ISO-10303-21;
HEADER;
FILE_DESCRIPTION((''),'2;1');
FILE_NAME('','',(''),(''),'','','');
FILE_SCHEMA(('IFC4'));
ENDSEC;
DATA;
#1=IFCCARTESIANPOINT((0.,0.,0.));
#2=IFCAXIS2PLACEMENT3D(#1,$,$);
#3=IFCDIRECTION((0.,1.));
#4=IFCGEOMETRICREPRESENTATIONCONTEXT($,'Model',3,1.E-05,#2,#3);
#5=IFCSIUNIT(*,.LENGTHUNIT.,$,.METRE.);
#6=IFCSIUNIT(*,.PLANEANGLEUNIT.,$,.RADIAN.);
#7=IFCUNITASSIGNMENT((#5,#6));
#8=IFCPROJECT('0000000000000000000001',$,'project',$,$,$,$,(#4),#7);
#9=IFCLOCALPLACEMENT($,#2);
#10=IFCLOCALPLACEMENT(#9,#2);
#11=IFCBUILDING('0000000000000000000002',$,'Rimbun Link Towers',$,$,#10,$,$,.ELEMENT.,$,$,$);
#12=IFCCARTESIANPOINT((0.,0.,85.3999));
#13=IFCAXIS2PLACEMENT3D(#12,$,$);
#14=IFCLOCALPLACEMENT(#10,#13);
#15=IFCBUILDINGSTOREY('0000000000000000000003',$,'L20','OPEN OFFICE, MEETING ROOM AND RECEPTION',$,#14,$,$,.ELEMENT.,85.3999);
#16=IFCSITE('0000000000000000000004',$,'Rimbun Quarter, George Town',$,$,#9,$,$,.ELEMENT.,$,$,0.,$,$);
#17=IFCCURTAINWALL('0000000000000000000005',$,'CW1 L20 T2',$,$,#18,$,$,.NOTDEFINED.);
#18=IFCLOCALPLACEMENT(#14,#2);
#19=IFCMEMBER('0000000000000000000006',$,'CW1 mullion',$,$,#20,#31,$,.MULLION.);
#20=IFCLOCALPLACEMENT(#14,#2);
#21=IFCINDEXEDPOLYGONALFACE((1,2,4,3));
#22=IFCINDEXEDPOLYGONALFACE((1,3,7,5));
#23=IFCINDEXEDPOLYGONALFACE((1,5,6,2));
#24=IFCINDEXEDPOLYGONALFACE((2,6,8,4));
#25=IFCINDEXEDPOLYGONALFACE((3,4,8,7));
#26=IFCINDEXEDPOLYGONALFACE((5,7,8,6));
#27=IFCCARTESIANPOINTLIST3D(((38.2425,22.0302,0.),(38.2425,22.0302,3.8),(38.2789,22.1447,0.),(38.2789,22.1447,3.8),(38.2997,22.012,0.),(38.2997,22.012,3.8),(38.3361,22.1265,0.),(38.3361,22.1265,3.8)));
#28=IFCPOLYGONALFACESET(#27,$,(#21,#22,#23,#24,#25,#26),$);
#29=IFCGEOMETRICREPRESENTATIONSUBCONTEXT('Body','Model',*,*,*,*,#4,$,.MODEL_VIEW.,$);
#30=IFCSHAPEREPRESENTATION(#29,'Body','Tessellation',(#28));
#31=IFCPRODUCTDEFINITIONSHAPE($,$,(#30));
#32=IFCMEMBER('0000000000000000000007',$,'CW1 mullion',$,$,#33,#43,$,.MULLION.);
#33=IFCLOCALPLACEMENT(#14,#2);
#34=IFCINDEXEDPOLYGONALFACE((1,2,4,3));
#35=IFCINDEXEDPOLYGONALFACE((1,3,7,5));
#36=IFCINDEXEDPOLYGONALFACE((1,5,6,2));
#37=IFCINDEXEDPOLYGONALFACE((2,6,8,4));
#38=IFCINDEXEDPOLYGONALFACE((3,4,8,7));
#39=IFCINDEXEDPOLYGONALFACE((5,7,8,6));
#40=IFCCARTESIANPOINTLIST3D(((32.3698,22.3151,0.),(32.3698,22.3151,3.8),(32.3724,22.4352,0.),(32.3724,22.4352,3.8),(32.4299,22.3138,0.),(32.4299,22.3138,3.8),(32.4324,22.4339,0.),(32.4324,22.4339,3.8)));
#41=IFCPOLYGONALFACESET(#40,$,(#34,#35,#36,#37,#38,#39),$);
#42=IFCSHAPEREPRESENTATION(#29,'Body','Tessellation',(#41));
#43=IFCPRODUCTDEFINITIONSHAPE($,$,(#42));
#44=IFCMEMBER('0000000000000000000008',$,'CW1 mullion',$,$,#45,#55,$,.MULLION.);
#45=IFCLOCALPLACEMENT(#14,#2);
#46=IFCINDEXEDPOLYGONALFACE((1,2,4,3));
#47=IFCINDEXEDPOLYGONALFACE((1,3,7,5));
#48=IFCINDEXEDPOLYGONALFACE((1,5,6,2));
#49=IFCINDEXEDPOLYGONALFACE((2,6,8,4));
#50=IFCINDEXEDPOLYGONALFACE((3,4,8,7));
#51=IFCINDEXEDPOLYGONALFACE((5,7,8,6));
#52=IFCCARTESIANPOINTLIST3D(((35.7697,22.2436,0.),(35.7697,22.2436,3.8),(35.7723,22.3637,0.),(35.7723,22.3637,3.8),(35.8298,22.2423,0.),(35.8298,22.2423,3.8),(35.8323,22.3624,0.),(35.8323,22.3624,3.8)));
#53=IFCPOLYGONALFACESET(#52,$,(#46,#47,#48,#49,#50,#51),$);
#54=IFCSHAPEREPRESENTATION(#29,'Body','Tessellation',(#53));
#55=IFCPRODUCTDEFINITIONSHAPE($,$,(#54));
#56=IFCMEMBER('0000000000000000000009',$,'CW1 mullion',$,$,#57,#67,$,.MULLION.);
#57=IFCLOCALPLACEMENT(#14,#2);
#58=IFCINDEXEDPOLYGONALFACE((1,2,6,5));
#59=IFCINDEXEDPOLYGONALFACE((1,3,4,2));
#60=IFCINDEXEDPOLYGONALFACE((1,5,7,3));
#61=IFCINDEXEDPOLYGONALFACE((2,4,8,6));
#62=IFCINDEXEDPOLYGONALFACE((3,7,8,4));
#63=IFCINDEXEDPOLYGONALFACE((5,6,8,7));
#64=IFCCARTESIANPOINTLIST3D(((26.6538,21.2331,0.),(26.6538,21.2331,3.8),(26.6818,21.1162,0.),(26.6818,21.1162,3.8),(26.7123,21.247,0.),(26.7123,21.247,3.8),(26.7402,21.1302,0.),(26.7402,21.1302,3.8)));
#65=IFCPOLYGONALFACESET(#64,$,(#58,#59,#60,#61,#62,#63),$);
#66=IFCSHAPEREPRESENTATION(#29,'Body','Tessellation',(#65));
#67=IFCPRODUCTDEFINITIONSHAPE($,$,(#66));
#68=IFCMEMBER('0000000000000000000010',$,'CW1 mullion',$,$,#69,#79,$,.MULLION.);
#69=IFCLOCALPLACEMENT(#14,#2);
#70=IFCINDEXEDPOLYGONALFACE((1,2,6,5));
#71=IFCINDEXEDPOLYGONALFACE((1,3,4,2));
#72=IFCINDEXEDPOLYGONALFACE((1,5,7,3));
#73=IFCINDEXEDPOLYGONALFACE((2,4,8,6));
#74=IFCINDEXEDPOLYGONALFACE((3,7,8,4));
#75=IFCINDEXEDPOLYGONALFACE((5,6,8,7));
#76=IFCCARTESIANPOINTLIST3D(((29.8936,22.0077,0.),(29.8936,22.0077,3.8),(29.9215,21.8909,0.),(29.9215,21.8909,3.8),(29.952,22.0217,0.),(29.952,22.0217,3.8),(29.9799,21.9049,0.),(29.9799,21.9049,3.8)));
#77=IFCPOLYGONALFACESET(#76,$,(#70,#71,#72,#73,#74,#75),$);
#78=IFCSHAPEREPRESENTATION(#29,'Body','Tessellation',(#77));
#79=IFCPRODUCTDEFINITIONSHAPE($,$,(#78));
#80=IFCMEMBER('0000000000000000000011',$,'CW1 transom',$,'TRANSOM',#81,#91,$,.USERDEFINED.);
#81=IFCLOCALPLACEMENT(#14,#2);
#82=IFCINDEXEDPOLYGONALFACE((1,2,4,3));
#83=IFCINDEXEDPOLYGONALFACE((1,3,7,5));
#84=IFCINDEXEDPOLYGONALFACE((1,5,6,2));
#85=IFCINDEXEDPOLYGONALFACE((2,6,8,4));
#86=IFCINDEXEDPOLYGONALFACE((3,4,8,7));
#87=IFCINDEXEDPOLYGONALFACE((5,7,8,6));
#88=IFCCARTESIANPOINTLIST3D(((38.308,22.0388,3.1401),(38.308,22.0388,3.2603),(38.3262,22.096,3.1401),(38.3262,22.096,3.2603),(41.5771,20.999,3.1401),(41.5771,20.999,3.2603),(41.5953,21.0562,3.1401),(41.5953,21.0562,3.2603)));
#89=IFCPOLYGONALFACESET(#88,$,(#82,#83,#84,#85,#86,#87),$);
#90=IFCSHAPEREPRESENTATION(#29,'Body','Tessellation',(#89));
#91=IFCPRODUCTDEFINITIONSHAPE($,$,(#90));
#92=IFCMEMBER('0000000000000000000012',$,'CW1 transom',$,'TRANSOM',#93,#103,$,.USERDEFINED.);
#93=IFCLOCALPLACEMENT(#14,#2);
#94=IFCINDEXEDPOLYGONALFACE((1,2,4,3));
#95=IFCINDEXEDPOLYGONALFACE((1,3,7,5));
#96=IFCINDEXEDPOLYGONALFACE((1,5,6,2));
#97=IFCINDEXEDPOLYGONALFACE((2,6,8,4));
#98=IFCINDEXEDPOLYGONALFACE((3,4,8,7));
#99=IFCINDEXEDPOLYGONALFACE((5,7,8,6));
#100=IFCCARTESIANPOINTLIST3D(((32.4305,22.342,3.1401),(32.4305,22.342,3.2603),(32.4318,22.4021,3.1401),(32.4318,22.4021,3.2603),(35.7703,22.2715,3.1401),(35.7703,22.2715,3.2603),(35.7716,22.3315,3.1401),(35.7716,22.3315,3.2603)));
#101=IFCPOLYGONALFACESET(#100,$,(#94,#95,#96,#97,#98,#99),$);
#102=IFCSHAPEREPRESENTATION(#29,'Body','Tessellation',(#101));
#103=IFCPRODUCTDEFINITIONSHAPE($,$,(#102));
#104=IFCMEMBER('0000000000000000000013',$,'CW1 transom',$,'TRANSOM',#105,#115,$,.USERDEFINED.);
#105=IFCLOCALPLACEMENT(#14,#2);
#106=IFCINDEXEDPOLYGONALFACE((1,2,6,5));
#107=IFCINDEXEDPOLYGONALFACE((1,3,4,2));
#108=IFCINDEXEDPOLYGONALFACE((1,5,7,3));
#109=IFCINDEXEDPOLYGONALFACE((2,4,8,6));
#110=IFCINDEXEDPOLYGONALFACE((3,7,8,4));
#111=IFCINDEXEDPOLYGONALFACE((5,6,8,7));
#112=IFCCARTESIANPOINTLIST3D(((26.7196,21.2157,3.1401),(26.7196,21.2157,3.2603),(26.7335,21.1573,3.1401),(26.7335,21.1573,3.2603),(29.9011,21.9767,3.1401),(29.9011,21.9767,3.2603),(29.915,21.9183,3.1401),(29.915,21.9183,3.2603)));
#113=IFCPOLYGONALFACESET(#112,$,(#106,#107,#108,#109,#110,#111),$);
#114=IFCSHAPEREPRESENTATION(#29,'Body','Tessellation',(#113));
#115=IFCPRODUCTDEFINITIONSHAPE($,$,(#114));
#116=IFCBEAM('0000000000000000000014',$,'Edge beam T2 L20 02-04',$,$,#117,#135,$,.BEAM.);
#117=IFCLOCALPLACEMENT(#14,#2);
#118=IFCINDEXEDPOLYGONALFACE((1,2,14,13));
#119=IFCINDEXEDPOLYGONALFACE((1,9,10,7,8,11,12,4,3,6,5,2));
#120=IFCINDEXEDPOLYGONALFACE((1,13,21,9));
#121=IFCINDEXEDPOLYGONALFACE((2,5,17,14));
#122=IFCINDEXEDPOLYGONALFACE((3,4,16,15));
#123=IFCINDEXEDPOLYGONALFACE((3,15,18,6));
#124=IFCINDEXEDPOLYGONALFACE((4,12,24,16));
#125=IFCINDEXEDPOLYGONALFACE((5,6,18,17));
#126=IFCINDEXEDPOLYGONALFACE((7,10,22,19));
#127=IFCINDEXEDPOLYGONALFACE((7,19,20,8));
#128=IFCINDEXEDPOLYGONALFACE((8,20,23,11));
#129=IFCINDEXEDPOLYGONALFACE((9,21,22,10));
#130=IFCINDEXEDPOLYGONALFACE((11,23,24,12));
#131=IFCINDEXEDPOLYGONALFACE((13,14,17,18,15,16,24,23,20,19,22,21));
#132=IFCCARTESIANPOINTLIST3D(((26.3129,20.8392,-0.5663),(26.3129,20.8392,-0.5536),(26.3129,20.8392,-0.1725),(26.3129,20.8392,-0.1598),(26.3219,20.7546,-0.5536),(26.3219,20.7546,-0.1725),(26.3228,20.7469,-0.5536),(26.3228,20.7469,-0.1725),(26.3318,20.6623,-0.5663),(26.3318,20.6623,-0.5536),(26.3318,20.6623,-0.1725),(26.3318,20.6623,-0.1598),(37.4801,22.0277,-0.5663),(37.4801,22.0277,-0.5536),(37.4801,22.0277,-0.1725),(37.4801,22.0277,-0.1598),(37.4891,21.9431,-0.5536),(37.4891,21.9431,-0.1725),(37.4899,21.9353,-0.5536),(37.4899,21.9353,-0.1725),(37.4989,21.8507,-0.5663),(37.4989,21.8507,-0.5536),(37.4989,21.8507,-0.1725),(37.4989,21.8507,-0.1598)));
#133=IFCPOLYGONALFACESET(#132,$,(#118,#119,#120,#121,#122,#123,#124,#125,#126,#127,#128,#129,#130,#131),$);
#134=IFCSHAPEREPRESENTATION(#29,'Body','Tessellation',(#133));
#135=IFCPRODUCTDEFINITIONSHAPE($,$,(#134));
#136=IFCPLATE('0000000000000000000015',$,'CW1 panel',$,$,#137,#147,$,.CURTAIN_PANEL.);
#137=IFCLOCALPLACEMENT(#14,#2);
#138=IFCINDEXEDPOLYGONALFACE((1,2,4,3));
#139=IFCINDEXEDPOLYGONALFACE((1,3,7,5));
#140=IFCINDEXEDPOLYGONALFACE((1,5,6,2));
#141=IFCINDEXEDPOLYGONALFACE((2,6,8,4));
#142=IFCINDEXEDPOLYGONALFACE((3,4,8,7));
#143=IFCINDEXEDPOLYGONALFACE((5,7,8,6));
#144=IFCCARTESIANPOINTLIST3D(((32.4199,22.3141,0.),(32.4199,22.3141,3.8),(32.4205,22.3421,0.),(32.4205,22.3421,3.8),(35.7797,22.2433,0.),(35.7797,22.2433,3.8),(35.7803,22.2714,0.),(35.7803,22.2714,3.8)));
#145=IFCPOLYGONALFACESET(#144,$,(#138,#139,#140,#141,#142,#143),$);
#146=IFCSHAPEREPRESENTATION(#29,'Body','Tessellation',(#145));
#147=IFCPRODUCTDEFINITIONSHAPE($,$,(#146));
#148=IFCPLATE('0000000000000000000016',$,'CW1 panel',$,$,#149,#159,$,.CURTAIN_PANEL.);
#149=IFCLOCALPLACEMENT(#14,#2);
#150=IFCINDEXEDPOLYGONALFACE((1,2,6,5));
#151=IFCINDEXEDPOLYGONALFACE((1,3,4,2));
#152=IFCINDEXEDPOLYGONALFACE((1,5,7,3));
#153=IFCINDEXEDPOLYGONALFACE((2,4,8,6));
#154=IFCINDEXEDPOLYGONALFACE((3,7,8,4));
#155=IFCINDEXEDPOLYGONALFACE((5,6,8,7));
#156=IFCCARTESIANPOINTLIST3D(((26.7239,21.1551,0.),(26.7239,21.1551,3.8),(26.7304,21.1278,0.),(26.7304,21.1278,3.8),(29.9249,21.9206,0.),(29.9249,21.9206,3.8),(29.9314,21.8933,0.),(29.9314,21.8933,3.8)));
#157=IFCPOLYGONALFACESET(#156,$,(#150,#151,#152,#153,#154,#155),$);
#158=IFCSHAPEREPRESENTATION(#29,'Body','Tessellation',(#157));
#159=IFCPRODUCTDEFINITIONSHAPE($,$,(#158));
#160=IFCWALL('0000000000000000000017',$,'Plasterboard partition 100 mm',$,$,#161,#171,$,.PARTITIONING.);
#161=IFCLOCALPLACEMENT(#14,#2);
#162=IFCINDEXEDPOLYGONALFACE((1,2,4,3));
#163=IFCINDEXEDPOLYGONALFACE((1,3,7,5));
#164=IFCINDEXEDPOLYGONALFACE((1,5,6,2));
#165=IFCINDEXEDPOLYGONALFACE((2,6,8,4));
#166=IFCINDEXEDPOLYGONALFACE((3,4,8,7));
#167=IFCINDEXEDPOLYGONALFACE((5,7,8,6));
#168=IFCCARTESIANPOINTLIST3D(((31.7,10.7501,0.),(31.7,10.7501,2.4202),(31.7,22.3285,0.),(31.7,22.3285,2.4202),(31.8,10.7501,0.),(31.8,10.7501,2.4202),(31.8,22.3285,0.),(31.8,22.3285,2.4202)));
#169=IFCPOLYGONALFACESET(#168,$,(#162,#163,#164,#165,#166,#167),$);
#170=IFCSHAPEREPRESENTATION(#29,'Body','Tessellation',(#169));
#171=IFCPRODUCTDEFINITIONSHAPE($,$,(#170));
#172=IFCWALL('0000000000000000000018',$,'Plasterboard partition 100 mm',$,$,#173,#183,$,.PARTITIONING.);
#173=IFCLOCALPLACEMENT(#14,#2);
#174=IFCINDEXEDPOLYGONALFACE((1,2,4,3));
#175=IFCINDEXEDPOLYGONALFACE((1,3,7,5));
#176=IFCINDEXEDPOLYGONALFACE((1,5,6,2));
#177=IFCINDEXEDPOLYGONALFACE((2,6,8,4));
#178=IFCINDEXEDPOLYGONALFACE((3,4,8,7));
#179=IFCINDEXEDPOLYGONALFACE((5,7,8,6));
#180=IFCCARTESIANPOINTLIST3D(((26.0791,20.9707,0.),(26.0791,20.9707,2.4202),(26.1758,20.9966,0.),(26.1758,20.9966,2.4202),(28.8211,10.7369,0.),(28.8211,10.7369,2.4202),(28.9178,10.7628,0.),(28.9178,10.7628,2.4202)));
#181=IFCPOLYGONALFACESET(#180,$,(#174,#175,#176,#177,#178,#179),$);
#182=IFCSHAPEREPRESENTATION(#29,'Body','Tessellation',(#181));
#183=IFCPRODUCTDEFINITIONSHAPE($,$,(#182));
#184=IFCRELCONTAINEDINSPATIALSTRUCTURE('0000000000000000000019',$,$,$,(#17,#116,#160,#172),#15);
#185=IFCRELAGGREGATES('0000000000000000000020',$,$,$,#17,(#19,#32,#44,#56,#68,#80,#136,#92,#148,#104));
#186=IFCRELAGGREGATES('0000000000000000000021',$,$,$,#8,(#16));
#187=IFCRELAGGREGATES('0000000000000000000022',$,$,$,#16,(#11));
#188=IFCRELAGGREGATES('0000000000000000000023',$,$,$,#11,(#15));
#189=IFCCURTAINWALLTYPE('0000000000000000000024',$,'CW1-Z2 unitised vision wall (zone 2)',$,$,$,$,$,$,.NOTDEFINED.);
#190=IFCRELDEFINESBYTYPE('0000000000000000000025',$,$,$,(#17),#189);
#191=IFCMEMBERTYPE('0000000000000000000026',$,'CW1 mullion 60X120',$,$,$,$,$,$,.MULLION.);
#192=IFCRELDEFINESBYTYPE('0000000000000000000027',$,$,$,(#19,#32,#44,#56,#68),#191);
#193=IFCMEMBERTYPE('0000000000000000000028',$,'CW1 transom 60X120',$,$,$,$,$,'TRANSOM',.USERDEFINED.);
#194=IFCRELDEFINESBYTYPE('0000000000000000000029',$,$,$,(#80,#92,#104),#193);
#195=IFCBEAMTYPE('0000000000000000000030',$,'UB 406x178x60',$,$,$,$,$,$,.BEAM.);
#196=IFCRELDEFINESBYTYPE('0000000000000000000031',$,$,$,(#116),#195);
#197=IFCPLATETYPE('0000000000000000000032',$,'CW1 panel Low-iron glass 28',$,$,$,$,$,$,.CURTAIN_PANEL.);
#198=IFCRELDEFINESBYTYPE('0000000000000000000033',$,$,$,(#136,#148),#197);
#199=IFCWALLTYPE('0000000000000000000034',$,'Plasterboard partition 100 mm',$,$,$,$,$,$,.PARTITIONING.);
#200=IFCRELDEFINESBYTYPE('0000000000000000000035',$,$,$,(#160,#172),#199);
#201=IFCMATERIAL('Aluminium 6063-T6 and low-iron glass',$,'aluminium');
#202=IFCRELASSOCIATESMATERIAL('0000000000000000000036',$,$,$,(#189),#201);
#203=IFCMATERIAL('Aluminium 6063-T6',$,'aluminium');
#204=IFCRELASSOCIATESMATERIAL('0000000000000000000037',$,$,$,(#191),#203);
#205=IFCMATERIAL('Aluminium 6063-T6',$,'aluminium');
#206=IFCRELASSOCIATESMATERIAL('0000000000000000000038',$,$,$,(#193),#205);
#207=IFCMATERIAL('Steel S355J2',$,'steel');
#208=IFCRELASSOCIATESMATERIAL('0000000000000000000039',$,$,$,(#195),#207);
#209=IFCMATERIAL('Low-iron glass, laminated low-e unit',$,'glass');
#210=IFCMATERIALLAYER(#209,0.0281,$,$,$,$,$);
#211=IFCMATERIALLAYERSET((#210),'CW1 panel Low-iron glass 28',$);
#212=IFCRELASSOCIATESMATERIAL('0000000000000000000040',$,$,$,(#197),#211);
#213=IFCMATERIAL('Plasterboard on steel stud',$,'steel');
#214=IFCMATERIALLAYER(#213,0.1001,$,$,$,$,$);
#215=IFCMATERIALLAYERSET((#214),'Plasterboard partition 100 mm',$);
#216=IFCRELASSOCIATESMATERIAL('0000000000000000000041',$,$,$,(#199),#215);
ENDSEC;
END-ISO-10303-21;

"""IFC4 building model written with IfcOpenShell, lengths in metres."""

from ifc_helpers import new_model, si_unit, direction, frame, frame_2d, origin, origin_2d, place, context, subcontext, project, spatial, rectangle, i_section, extrude, material, layer, layer_set, material_profile, profile_set, type_object, element, aggregate, save


model = new_model("IFC4")

# Units and contexts
model_context = context("Model", 3, precision=1e-05, world=origin(), true_north=direction((0.0, 1.0)))
body_context = subcontext(model_context, "Body", "Model", "MODEL_VIEW")
ifc_project = project(units=[si_unit("LENGTHUNIT", "METRE"), si_unit("PLANEANGLEUNIT", "RADIAN")], contexts=[model_context])

# Site, building, storey
site_placement = place(None, origin())
site = spatial("IfcSite", under=ifc_project, at=site_placement, Name="Rimbun Quarter, George Town", CompositionType="ELEMENT", RefElevation=0.0)
building_placement = place(site_placement, origin())
building = spatial("IfcBuilding", under=site, at=building_placement, Name="Rimbun Link Towers", CompositionType="ELEMENT")
storey_placement = place(building_placement, frame((0.0, 0.0, 85.3999)))
storey = spatial("IfcBuildingStorey", under=building, at=storey_placement, Name="L20", Description="OPEN OFFICE, MEETING ROOM AND RECEPTION", CompositionType="ELEMENT", Elevation=85.3999)

# Curtain wall, members
ifc_material_1 = material(Name="Aluminium 6063-T6 and low-iron glass", Category="aluminium")
curtain_wall_type = type_object("IfcCurtainWallType", Name="CW1-Z2 unitised vision wall (zone 2)", PredefinedType="NOTDEFINED", material=ifc_material_1)
curtain_wall_placement = place(storey_placement, origin())
curtain_wall = element("IfcCurtainWall", 1, at=curtain_wall_placement, inside=storey, type_object=curtain_wall_type, Name="CW1 L20 T2", PredefinedType="NOTDEFINED")
ifc_material_2 = material(Name="Aluminium 6063-T6", Category="aluminium")
ifc_material_profile_1 = material_profile(ifc_material_2, rectangle(XDim=0.1201, YDim=0.0601, at=origin_2d()), Name="MULLION 60X120")
ifc_profile_set_1 = profile_set([ifc_material_profile_1], Name="Aluminium 6063-T6")
member_type_1 = type_object("IfcMemberType", Name="CW1 mullion 60X120", PredefinedType="MULLION", material=ifc_profile_set_1)
member_1_placement = place(storey_placement, frame((38.2893, 22.0784, 0.0), z_axis=(0.0, 0.0, 1.0), x_axis=(0.30307, 0.952968, 0.0)))
member_1 = element("IfcMember", 2, at=member_1_placement, type_object=member_type_1, Name="CW1 mullion", PredefinedType="MULLION", context=body_context, shape_type="SweptSolid", body=[
    extrude(rectangle(XDim=0.1201, YDim=0.0601, at=origin_2d()), origin(), (0.0, 0.0, 1.0), 3.8),
])
member_2_placement = place(storey_placement, frame((32.4011, 22.3745, 0.0), z_axis=(0.0, 0.0, 1.0), x_axis=(0.021057, 0.999778, 0.0)))
member_2 = element("IfcMember", 3, at=member_2_placement, type_object=member_type_1, Name="CW1 mullion", PredefinedType="MULLION", context=body_context, shape_type="SweptSolid", body=[
    extrude(rectangle(XDim=0.1201, YDim=0.0601, at=origin_2d()), origin(), (0.0, 0.0, 1.0), 3.8),
])
member_3_placement = place(storey_placement, frame((35.801, 22.303, 0.0), z_axis=(0.0, 0.0, 1.0), x_axis=(0.021057, 0.999778, 0.0)))
member_3 = element("IfcMember", 4, at=member_3_placement, type_object=member_type_1, Name="CW1 mullion", PredefinedType="MULLION", context=body_context, shape_type="SweptSolid", body=[
    extrude(rectangle(XDim=0.1201, YDim=0.0601, at=origin_2d()), origin(), (0.0, 0.0, 1.0), 3.8),
])
member_4_placement = place(storey_placement, frame((26.697, 21.1816, 0.0), z_axis=(0.0, 0.0, 1.0), x_axis=(-0.232584, 0.972576, 0.0)))
member_4 = element("IfcMember", 5, at=member_4_placement, type_object=member_type_1, Name="CW1 mullion", PredefinedType="MULLION", context=body_context, shape_type="SweptSolid", body=[
    extrude(rectangle(XDim=0.1201, YDim=0.0601, at=origin_2d()), origin(), (0.0, 0.0, 1.0), 3.8),
])
member_5_placement = place(storey_placement, frame((29.9368, 21.9563, 0.0), z_axis=(0.0, 0.0, 1.0), x_axis=(-0.232584, 0.972576, 0.0)))
member_5 = element("IfcMember", 6, at=member_5_placement, type_object=member_type_1, Name="CW1 mullion", PredefinedType="MULLION", context=body_context, shape_type="SweptSolid", body=[
    extrude(rectangle(XDim=0.1201, YDim=0.0601, at=origin_2d()), origin(), (0.0, 0.0, 1.0), 3.8),
])
ifc_material_3 = material(Name="Aluminium 6063-T6", Category="aluminium")
ifc_material_profile_2 = material_profile(ifc_material_3, rectangle(XDim=0.0601, YDim=0.1201, at=origin_2d()), Name="TRANSOM 60X120")
ifc_profile_set_2 = profile_set([ifc_material_profile_2], Name="Aluminium 6063-T6")
member_type_2 = type_object("IfcMemberType", Name="CW1 transom 60X120", ElementType="TRANSOM", PredefinedType="USERDEFINED", material=ifc_profile_set_2)
member_6_placement = place(storey_placement, frame((38.3171, 22.0674, 3.2002), z_axis=(0.952956, -0.30311, 0.0), x_axis=(0.30311, 0.952956, 0.0)))
member_6 = element("IfcMember", 7, at=member_6_placement, type_object=member_type_2, Name="CW1 transom", ObjectType="TRANSOM", PredefinedType="USERDEFINED", context=body_context, shape_type="SweptSolid", body=[
    extrude(rectangle(XDim=0.0601, YDim=0.1201, at=origin_2d()), origin(), (0.0, 0.0, 1.0), 3.4304),
])
member_7_placement = place(storey_placement, frame((32.4312, 22.3721, 3.2002), z_axis=(0.999777, -0.021121, 0.0), x_axis=(0.021121, 0.999777, 0.0)))
member_7 = element("IfcMember", 8, at=member_7_placement, type_object=member_type_2, Name="CW1 transom", ObjectType="TRANSOM", PredefinedType="USERDEFINED", context=body_context, shape_type="SweptSolid", body=[
    extrude(rectangle(XDim=0.0601, YDim=0.1201, at=origin_2d()), origin(), (0.0, 0.0, 1.0), 3.3406),
])
member_8_placement = place(storey_placement, frame((26.7266, 21.1865, 3.2002), z_axis=(0.972564, 0.232636, 0.0), x_axis=(-0.232636, 0.972564, 0.0)))
member_8 = element("IfcMember", 9, at=member_8_placement, type_object=member_type_2, Name="CW1 transom", ObjectType="TRANSOM", PredefinedType="USERDEFINED", context=body_context, shape_type="SweptSolid", body=[
    extrude(rectangle(XDim=0.0601, YDim=0.1201, at=origin_2d()), origin(), (0.0, 0.0, 1.0), 3.2712),
])

# Beam
ifc_material_4 = material(Name="Steel S355J2", Category="steel")
ifc_material_profile_3 = material_profile(ifc_material_4, i_section(OverallWidth=0.178, OverallDepth=0.4065, WebThickness=0.0078, FlangeThickness=0.0127, at=origin_2d()), Name="UB 406x178x60")
ifc_profile_set_3 = profile_set([ifc_material_profile_3], Name="Steel S355J2")
beam_type = type_object("IfcBeamType", Name="UB 406x178x60", PredefinedType="BEAM", material=ifc_profile_set_3)
beam_placement = place(storey_placement, frame((37.4895, 21.9392, -0.363), z_axis=(-0.994384, -0.105828, 0.0), x_axis=(0.105828, -0.994384, 0.0)))
element("IfcBeam", 10, at=beam_placement, inside=storey, type_object=beam_type, Name="Edge beam T2 L20 02-04", PredefinedType="BEAM", context=body_context, shape_type="SweptSolid", body=[
    extrude(i_section(OverallWidth=0.178, OverallDepth=0.4065, WebThickness=0.0078, FlangeThickness=0.0127, at=origin_2d()), origin(), (0.0, 0.0, 1.0), 11.2302),
])

# Plates
ifc_material_5 = material(Name="Low-iron glass, laminated low-e unit", Category="glass")
ifc_layer_1 = layer(ifc_material_5, 0.0281)
ifc_layer_set_1 = layer_set([ifc_layer_1], Name="CW1 panel Low-iron glass 28")
plate_type = type_object("IfcPlateType", Name="CW1 panel Low-iron glass 28", PredefinedType="CURTAIN_PANEL", material=ifc_layer_set_1)
plate_1_placement = place(storey_placement, frame((34.1001, 22.2927, 0.0), z_axis=(0.0, 0.0, 1.0), x_axis=(0.999778, -0.021057, 0.0)))
plate_1 = element("IfcPlate", 11, at=plate_1_placement, type_object=plate_type, Name="CW1 panel", PredefinedType="CURTAIN_PANEL", context=body_context, shape_type="SweptSolid", body=[
    extrude(rectangle(XDim=3.3606, YDim=0.0281, at=origin_2d()), origin(), (0.0, 0.0, 1.0), 3.8),
])
plate_2_placement = place(storey_placement, frame((28.3276, 21.5242, 0.0), z_axis=(0.0, 0.0, 1.0), x_axis=(0.972576, 0.232584, 0.0)))
plate_2 = element("IfcPlate", 12, at=plate_2_placement, type_object=plate_type, Name="CW1 panel", PredefinedType="CURTAIN_PANEL", context=body_context, shape_type="SweptSolid", body=[
    extrude(rectangle(XDim=3.2913, YDim=0.0281, at=origin_2d()), origin(), (0.0, 0.0, 1.0), 3.8),
])
aggregate(curtain_wall, [member_1, member_2, member_3, member_4, member_5, member_6, plate_1, member_7, plate_2, member_8])

# Walls
ifc_material_6 = material(Name="Plasterboard on steel stud", Category="steel")
ifc_layer_2 = layer(ifc_material_6, 0.1001)
ifc_layer_set_2 = layer_set([ifc_layer_2], Name="Plasterboard partition 100 mm")
wall_type = type_object("IfcWallType", Name="Plasterboard partition 100 mm", PredefinedType="PARTITIONING", material=ifc_layer_set_2)
wall_1_placement = place(storey_placement, frame((31.75, 22.3284, 0.0), z_axis=(0.0, 0.0, 1.0), x_axis=(0.0, -1.0, 0.0)))
element("IfcWall", 13, at=wall_1_placement, inside=storey, type_object=wall_type, Name="Plasterboard partition 100 mm", PredefinedType="PARTITIONING", context=body_context, shape_type="SweptSolid", body=[
    extrude(rectangle(XDim=11.5784, YDim=0.1001, at=frame_2d((5.7891, 0.0))), origin(), (0.0, 0.0, 1.0), 2.4202),
])
wall_2_placement = place(storey_placement, frame((26.1274, 20.9836, 0.0), z_axis=(0.0, 0.0, 1.0), x_axis=(0.258806, -0.965929, 0.0)))
element("IfcWall", 14, at=wall_2_placement, inside=storey, type_object=wall_type, Name="Plasterboard partition 100 mm", PredefinedType="PARTITIONING", context=body_context, shape_type="SweptSolid", body=[
    extrude(rectangle(XDim=10.5947, YDim=0.1001, at=frame_2d((5.2974, 0.0))), origin(), (0.0, 0.0, 1.0), 2.4202),
])

save(model, "model.ifc")
